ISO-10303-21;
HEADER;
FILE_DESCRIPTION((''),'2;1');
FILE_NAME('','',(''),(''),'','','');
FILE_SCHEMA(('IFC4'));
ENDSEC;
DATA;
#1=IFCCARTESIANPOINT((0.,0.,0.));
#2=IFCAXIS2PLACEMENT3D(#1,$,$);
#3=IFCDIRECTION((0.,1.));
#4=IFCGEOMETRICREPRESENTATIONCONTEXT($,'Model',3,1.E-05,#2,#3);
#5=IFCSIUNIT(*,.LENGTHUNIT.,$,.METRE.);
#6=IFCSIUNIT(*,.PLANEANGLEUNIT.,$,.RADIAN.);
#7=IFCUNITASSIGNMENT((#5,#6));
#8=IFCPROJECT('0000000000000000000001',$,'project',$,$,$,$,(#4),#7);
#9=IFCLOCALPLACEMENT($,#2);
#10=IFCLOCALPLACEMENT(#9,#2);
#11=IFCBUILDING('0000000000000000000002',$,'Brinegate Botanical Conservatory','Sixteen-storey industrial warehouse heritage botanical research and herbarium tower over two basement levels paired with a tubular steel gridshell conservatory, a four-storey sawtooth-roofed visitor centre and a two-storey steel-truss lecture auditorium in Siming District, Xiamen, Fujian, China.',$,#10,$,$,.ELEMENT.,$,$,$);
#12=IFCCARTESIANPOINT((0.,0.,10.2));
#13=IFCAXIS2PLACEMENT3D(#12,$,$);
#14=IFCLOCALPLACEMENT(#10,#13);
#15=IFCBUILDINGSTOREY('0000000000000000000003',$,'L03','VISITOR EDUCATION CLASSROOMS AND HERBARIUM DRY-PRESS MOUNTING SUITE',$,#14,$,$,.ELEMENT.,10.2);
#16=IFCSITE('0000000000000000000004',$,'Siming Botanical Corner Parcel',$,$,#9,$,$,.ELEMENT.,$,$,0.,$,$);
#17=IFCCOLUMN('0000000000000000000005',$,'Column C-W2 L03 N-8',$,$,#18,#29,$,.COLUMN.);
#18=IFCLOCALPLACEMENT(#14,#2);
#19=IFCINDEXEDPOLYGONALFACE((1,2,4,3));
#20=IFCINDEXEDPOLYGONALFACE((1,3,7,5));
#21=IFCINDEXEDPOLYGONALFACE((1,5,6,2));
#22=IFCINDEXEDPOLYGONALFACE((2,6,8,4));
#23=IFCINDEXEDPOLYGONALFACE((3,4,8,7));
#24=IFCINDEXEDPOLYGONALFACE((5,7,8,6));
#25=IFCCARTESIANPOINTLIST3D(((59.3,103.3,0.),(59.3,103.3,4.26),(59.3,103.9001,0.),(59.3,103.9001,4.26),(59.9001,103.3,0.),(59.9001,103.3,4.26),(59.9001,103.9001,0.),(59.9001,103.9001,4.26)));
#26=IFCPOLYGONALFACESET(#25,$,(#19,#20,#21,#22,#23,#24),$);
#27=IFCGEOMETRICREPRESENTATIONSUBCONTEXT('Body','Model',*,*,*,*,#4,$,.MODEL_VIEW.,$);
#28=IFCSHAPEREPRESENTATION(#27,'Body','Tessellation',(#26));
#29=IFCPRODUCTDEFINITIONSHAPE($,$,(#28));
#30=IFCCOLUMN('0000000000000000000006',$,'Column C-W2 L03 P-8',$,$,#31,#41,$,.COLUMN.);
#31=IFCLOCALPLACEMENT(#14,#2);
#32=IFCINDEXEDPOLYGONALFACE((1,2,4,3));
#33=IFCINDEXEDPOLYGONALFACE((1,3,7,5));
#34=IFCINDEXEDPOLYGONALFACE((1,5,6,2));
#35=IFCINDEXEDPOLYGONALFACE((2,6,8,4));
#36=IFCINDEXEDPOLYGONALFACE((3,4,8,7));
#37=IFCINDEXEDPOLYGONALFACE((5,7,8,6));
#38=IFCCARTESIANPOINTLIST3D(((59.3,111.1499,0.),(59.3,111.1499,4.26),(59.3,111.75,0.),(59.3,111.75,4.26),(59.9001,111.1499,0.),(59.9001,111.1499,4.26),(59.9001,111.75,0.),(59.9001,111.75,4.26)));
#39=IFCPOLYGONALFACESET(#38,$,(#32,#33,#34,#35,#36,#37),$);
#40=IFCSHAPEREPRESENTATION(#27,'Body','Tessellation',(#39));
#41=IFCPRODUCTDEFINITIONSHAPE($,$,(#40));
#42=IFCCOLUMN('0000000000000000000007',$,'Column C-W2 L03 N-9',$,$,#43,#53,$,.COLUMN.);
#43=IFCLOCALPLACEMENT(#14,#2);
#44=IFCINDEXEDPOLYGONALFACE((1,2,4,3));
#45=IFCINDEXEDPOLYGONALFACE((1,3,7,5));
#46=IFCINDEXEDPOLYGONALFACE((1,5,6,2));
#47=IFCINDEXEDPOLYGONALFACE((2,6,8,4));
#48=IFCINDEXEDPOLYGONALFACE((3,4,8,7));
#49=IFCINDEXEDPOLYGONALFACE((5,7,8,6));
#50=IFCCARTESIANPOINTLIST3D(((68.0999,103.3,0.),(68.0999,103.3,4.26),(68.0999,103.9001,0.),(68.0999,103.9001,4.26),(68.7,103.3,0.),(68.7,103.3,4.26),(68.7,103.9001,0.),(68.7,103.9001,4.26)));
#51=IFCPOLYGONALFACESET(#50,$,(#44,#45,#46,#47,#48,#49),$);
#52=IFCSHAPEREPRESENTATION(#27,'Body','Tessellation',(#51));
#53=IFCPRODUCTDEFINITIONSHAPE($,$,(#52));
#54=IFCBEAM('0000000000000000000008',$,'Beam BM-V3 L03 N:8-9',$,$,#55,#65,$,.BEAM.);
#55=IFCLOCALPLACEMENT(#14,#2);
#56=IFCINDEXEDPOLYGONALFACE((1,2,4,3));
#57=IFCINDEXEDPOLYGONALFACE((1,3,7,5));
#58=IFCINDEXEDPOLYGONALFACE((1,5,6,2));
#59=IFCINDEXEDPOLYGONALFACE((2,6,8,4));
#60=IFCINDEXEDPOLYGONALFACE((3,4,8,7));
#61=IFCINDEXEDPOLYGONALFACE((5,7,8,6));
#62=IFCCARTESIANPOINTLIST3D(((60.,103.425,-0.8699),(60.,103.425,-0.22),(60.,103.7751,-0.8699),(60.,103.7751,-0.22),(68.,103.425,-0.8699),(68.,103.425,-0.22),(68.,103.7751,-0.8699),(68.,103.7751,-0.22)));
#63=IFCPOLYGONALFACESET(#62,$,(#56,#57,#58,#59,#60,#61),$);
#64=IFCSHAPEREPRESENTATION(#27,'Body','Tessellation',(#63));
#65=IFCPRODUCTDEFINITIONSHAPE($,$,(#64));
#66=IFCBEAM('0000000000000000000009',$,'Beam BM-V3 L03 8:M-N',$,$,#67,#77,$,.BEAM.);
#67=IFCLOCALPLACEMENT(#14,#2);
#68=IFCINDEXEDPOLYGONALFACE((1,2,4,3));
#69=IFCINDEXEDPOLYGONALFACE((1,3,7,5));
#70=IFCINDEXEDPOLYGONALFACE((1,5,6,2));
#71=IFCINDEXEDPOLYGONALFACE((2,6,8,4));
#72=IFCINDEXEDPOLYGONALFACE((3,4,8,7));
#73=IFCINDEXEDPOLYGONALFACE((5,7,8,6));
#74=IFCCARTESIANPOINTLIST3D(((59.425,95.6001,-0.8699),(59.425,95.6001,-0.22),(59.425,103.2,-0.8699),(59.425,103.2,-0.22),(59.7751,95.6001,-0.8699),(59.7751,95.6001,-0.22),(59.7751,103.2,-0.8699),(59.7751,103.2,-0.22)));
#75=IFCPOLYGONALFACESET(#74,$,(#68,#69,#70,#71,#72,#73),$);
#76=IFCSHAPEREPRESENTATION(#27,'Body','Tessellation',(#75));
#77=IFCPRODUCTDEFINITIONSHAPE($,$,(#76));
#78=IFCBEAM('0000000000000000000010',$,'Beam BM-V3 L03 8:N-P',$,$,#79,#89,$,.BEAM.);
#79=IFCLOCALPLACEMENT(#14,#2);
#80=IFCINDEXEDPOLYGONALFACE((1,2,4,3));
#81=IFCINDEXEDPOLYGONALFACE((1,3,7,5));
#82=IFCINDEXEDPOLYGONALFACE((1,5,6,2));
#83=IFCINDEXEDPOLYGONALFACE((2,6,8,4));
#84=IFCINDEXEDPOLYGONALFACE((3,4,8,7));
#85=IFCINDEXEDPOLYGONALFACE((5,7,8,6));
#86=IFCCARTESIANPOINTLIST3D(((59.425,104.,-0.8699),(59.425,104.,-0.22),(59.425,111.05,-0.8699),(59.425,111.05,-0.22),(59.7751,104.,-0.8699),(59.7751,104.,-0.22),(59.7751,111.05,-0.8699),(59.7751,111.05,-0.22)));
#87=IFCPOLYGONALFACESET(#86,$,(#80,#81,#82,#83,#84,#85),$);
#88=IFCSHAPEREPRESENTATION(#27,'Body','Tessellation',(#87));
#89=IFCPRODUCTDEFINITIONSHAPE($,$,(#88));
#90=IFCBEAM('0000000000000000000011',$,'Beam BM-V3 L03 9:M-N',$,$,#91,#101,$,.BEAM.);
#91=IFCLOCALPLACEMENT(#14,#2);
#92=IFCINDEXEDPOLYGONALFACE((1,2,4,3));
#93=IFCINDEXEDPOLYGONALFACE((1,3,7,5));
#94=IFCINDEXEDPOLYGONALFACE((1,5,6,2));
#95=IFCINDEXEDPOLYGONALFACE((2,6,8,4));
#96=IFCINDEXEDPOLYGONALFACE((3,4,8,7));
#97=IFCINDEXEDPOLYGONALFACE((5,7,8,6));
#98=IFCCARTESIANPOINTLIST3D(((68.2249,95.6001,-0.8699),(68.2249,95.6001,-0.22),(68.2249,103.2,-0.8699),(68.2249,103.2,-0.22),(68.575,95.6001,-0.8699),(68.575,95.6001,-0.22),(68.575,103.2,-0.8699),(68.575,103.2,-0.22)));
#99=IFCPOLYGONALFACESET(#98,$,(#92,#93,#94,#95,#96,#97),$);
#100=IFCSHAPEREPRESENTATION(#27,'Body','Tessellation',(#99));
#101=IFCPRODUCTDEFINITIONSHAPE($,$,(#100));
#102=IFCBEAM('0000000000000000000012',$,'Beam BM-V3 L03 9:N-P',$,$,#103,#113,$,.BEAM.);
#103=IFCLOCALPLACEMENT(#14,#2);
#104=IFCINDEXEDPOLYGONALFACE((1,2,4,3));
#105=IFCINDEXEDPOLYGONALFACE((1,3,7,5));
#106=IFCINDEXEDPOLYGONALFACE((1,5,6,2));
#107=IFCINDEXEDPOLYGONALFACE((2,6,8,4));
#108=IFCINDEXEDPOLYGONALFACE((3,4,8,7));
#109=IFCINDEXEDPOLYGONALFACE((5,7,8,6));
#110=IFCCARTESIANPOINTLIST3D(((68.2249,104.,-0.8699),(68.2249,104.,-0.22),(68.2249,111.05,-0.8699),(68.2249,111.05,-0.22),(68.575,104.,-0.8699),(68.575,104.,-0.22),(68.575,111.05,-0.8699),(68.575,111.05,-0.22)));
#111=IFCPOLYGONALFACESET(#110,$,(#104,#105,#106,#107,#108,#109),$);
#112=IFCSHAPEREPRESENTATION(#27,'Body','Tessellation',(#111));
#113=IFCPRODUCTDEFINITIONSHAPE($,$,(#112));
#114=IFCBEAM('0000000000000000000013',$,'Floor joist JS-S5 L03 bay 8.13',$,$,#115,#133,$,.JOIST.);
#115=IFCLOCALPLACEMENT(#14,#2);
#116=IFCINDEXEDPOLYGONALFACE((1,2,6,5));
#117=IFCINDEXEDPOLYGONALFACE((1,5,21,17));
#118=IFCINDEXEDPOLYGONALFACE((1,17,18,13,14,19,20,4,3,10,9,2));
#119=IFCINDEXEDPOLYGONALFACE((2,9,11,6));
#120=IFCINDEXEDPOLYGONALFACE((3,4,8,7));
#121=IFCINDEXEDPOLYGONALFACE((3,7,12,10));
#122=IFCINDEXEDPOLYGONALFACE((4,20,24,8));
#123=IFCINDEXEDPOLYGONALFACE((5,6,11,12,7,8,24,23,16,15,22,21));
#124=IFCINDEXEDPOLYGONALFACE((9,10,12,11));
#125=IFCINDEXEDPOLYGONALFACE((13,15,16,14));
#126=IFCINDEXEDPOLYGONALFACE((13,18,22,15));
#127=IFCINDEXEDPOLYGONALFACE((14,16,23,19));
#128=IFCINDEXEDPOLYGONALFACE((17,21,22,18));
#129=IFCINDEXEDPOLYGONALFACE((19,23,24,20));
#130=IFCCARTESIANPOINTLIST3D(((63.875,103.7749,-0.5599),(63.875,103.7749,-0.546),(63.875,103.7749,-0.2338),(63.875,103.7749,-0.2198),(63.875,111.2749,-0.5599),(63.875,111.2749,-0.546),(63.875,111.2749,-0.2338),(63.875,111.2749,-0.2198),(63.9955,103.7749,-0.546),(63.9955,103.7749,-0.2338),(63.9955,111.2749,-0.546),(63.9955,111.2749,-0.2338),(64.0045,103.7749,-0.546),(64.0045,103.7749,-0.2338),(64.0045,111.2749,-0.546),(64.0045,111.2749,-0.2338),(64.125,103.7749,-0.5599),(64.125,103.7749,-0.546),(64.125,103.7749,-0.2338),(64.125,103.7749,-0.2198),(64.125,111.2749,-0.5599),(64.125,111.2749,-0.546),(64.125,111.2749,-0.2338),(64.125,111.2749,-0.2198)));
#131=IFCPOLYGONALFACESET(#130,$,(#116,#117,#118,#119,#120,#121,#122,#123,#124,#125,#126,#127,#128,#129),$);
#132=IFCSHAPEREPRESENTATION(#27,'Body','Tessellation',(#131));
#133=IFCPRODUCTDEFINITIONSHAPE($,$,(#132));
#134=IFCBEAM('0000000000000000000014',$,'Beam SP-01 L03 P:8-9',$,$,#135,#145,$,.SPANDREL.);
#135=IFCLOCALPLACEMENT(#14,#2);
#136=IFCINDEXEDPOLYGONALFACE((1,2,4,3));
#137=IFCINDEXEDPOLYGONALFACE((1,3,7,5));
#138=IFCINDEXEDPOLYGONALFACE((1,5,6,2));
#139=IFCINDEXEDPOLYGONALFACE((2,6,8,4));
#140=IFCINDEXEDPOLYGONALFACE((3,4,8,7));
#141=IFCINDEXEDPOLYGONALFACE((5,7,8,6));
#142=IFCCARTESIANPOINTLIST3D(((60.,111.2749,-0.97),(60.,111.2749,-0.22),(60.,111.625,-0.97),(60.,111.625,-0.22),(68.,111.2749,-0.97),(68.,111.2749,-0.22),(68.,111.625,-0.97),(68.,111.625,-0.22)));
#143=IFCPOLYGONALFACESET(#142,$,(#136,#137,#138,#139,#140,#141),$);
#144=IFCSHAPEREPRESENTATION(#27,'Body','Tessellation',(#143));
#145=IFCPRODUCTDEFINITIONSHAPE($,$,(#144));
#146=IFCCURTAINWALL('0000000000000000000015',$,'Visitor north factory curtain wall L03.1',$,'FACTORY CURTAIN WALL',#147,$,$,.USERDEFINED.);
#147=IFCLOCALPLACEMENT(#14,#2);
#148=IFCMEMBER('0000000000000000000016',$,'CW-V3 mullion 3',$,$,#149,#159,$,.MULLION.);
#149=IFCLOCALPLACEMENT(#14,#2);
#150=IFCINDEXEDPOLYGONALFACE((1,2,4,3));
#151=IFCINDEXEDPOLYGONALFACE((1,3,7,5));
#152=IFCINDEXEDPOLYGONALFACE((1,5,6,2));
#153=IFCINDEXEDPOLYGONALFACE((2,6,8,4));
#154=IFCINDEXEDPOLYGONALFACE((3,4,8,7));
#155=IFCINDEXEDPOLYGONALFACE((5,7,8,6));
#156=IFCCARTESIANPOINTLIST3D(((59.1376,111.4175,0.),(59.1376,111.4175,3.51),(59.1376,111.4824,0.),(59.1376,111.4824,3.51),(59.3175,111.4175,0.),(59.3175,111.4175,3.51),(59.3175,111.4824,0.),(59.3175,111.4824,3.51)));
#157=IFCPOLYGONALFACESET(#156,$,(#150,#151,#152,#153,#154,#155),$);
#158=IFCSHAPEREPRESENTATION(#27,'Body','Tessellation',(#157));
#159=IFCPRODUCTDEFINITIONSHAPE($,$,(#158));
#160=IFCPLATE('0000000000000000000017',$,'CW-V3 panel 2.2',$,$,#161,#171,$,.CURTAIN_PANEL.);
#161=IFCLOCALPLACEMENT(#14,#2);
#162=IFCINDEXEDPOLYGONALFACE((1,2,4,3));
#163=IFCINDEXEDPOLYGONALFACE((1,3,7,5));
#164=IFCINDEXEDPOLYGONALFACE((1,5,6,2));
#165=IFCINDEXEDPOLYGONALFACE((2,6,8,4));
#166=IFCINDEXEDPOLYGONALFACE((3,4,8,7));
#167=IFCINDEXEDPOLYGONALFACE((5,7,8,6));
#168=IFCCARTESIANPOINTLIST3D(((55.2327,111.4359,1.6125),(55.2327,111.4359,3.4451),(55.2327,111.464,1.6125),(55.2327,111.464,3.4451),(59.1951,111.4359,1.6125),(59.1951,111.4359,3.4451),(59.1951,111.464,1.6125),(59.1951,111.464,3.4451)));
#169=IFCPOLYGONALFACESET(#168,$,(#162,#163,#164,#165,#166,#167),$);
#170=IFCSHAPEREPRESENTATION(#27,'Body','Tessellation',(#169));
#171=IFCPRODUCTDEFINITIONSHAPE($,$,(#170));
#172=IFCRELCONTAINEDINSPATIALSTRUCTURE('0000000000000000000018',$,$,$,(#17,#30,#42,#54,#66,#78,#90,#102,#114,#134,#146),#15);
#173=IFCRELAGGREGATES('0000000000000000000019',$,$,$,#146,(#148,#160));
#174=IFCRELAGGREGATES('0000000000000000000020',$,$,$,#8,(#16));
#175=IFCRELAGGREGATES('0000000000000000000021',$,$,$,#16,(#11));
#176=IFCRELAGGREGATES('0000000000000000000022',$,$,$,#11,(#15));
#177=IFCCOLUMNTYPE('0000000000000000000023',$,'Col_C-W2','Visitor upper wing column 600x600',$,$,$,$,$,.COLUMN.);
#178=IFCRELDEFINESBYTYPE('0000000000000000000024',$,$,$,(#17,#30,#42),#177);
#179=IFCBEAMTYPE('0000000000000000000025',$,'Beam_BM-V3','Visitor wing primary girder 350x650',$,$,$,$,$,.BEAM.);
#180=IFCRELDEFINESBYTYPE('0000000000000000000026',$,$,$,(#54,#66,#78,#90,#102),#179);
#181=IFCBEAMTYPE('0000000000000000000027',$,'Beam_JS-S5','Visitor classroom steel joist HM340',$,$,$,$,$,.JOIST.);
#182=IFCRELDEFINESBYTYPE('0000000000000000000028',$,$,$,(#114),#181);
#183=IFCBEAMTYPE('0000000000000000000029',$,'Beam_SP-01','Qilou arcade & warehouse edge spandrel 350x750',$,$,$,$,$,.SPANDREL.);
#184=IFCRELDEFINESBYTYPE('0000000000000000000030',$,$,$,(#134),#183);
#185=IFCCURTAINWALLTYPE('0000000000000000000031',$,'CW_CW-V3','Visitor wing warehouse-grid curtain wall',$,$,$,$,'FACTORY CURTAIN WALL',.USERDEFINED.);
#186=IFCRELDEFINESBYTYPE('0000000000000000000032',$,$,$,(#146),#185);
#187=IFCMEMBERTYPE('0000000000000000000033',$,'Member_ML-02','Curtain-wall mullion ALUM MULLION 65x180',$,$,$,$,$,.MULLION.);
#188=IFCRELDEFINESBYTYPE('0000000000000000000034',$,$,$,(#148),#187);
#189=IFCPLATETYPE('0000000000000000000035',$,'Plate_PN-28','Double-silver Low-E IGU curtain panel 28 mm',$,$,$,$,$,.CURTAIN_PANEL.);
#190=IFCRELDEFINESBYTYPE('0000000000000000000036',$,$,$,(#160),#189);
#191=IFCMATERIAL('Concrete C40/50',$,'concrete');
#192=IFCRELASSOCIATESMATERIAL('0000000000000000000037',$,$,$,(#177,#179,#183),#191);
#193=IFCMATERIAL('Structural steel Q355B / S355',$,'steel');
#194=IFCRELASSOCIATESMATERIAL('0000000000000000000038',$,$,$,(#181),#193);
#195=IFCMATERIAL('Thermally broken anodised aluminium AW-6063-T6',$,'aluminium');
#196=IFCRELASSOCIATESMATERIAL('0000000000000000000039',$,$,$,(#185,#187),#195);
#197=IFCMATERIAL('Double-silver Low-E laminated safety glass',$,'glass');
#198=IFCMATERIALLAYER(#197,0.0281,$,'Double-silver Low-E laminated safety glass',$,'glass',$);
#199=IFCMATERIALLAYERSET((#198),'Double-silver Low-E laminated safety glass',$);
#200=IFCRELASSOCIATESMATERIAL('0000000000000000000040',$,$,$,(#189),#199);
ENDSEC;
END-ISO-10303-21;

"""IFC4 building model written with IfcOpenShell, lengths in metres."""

from ifc_helpers import new_model, si_unit, direction, frame, origin, origin_2d, place, context, subcontext, project, spatial, rectangle, i_section, extrude, material, layer, layer_set, material_profile, profile_set, type_object, element, aggregate, save


model = new_model("IFC4")

# Units and contexts
model_context = context("Model", 3, precision=1e-05, world=origin(), true_north=direction((0.0, 1.0)))
body_context = subcontext(model_context, "Body", "Model", "MODEL_VIEW")
ifc_project = project(units=[si_unit("LENGTHUNIT", "METRE"), si_unit("PLANEANGLEUNIT", "RADIAN")], contexts=[model_context])

# Site, building, storey
site_placement = place(None, origin())
site = spatial("IfcSite", under=ifc_project, at=site_placement, Name="Siming Botanical Corner Parcel", CompositionType="ELEMENT", RefElevation=0.0)
building_placement = place(site_placement, origin())
building = spatial("IfcBuilding", under=site, at=building_placement, Name="Brinegate Botanical Conservatory", Description="Sixteen-storey industrial warehouse heritage botanical research and herbarium tower over two basement levels paired with a tubular steel gridshell conservatory, a four-storey sawtooth-roofed visitor centre and a two-storey steel-truss lecture auditorium in Siming District, Xiamen, Fujian, China.", CompositionType="ELEMENT")
storey_placement = place(building_placement, frame((0.0, 0.0, 10.2)))
storey = spatial("IfcBuildingStorey", under=building, at=storey_placement, Name="L03", Description="VISITOR EDUCATION CLASSROOMS AND HERBARIUM DRY-PRESS MOUNTING SUITE", CompositionType="ELEMENT", Elevation=10.2)

# Columns
ifc_material_1 = material(Name="Concrete C40/50", Category="concrete")
ifc_material_profile_1 = material_profile(ifc_material_1, rectangle(XDim=0.6001, YDim=0.6001, at=origin_2d()), Name="RC COL 600x600")
ifc_profile_set_1 = profile_set([ifc_material_profile_1], Name="Concrete C40/50")
column_type = type_object("IfcColumnType", Name="Col_C-W2", Description="Visitor upper wing column 600x600", PredefinedType="COLUMN", material=ifc_profile_set_1)
for number, where, z_axis, x_axis, name in (
    (1, (59.6001, 103.6001, 0.0), (0.0, 0.0, 1.0), (1.0, 0.0, 0.0), "Column C-W2 L03 N-8"),
    (2, (59.6001, 111.45, 0.0), (0.0, 0.0, 1.0), (1.0, 0.0, 0.0), "Column C-W2 L03 P-8"),
    (3, (68.3999, 103.6001, 0.0), (0.0, 0.0, 1.0), (1.0, 0.0, 0.0), "Column C-W2 L03 N-9"),
):
    element("IfcColumn", number, at=place(storey_placement, frame(where, z_axis=z_axis, x_axis=x_axis)), inside=storey, type_object=column_type, Name=name, PredefinedType="COLUMN", context=body_context, shape_type="SweptSolid", body=[
        extrude(rectangle(XDim=0.6001, YDim=0.6001, at=origin_2d()), origin(), (0.0, 0.0, 1.0), 4.26),
    ])

# Beams
ifc_material_profile_2 = material_profile(ifc_material_1, rectangle(XDim=0.3501, YDim=0.6499, at=origin_2d()), Name="RC BM 350x650")
ifc_profile_set_2 = profile_set([ifc_material_profile_2], Name="Concrete C40/50")
beam_type_1 = type_object("IfcBeamType", Name="Beam_BM-V3", Description="Visitor wing primary girder 350x650", PredefinedType="BEAM", material=ifc_profile_set_2)
beam_1_placement = place(storey_placement, frame((60.0, 103.6001, -0.5449), z_axis=(1.0, 0.0, 0.0), x_axis=(0.0, 1.0, 0.0)))
element("IfcBeam", 4, at=beam_1_placement, inside=storey, type_object=beam_type_1, Name="Beam BM-V3 L03 N:8-9", PredefinedType="BEAM", context=body_context, shape_type="SweptSolid", body=[
    extrude(rectangle(XDim=0.3501, YDim=0.6499, at=origin_2d()), origin(), (0.0, 0.0, 1.0), 8.0),
])
beam_2_placement = place(storey_placement, frame((59.6001, 95.6001, -0.5449), z_axis=(0.0, 1.0, 0.0), x_axis=(-1.0, 0.0, 0.0)))
element("IfcBeam", 5, at=beam_2_placement, inside=storey, type_object=beam_type_1, Name="Beam BM-V3 L03 8:M-N", PredefinedType="BEAM", context=body_context, shape_type="SweptSolid", body=[
    extrude(rectangle(XDim=0.3501, YDim=0.6499, at=origin_2d()), origin(), (0.0, 0.0, 1.0), 7.5999),
])
beam_3_placement = place(storey_placement, frame((59.6001, 104.0, -0.5449), z_axis=(0.0, 1.0, 0.0), x_axis=(-1.0, 0.0, 0.0)))
element("IfcBeam", 6, at=beam_3_placement, inside=storey, type_object=beam_type_1, Name="Beam BM-V3 L03 8:N-P", PredefinedType="BEAM", context=body_context, shape_type="SweptSolid", body=[
    extrude(rectangle(XDim=0.3501, YDim=0.6499, at=origin_2d()), origin(), (0.0, 0.0, 1.0), 7.05),
])
beam_4_placement = place(storey_placement, frame((68.3999, 95.6001, -0.5449), z_axis=(0.0, 1.0, 0.0), x_axis=(-1.0, 0.0, 0.0)))
element("IfcBeam", 7, at=beam_4_placement, inside=storey, type_object=beam_type_1, Name="Beam BM-V3 L03 9:M-N", PredefinedType="BEAM", context=body_context, shape_type="SweptSolid", body=[
    extrude(rectangle(XDim=0.3501, YDim=0.6499, at=origin_2d()), origin(), (0.0, 0.0, 1.0), 7.5999),
])
beam_5_placement = place(storey_placement, frame((68.3999, 104.0, -0.5449), z_axis=(0.0, 1.0, 0.0), x_axis=(-1.0, 0.0, 0.0)))
element("IfcBeam", 8, at=beam_5_placement, inside=storey, type_object=beam_type_1, Name="Beam BM-V3 L03 9:N-P", PredefinedType="BEAM", context=body_context, shape_type="SweptSolid", body=[
    extrude(rectangle(XDim=0.3501, YDim=0.6499, at=origin_2d()), origin(), (0.0, 0.0, 1.0), 7.05),
])
ifc_material_2 = material(Name="Structural steel Q355B / S355", Category="steel")
ifc_material_profile_3 = material_profile(ifc_material_2, i_section(OverallWidth=0.25, OverallDepth=0.3401, WebThickness=0.009, FlangeThickness=0.0139, at=origin_2d()), Name="HM 340x250x9x14")
ifc_profile_set_3 = profile_set([ifc_material_profile_3], Name="Structural steel Q355B / S355")
beam_type_2 = type_object("IfcBeamType", Name="Beam_JS-S5", Description="Visitor classroom steel joist HM340", PredefinedType="JOIST", material=ifc_profile_set_3)
beam_6_placement = place(storey_placement, frame((64.0, 103.7749, -0.3899), z_axis=(0.0, 1.0, 0.0), x_axis=(-1.0, 0.0, 0.0)))
element("IfcBeam", 9, at=beam_6_placement, inside=storey, type_object=beam_type_2, Name="Floor joist JS-S5 L03 bay 8.13", PredefinedType="JOIST", context=body_context, shape_type="SweptSolid", body=[
    extrude(i_section(OverallWidth=0.25, OverallDepth=0.3401, WebThickness=0.009, FlangeThickness=0.0139, at=origin_2d()), origin(), (0.0, 0.0, 1.0), 7.5),
])
ifc_material_profile_4 = material_profile(ifc_material_1, rectangle(XDim=0.3501, YDim=0.75, at=origin_2d()), Name="RC SPN 350x750")
ifc_profile_set_4 = profile_set([ifc_material_profile_4], Name="Concrete C40/50")
beam_type_3 = type_object("IfcBeamType", Name="Beam_SP-01", Description="Qilou arcade & warehouse edge spandrel 350x750", PredefinedType="SPANDREL", material=ifc_profile_set_4)
beam_7_placement = place(storey_placement, frame((60.0, 111.45, -0.595), z_axis=(1.0, 0.0, 0.0), x_axis=(0.0, 1.0, 0.0)))
element("IfcBeam", 10, at=beam_7_placement, inside=storey, type_object=beam_type_3, Name="Beam SP-01 L03 P:8-9", PredefinedType="SPANDREL", context=body_context, shape_type="SweptSolid", body=[
    extrude(rectangle(XDim=0.3501, YDim=0.75, at=origin_2d()), origin(), (0.0, 0.0, 1.0), 8.0),
])

# Curtain wall, member, plate
ifc_material_3 = material(Name="Thermally broken anodised aluminium AW-6063-T6", Category="aluminium")
curtain_wall_type = type_object("IfcCurtainWallType", Name="CW_CW-V3", Description="Visitor wing warehouse-grid curtain wall", ElementType="FACTORY CURTAIN WALL", PredefinedType="USERDEFINED", material=ifc_material_3)
curtain_wall_placement = place(storey_placement, origin())
curtain_wall = element("IfcCurtainWall", 11, at=curtain_wall_placement, inside=storey, type_object=curtain_wall_type, Name="Visitor north factory curtain wall L03.1", ObjectType="FACTORY CURTAIN WALL", PredefinedType="USERDEFINED")
ifc_material_profile_5 = material_profile(ifc_material_3, rectangle(XDim=0.0649, YDim=0.1799, at=origin_2d()), Name="ALUM MULLION 65x180")
ifc_profile_set_5 = profile_set([ifc_material_profile_5], Name="Thermally broken anodised aluminium AW-6063-T6")
member_type = type_object("IfcMemberType", Name="Member_ML-02", Description="Curtain-wall mullion ALUM MULLION 65x180", PredefinedType="MULLION", material=ifc_profile_set_5)
member_placement = place(storey_placement, frame((59.2275, 111.45, 0.0), z_axis=(0.0, 0.0, 1.0), x_axis=(0.0, 1.0, 0.0)))
member = element("IfcMember", 12, at=member_placement, type_object=member_type, Name="CW-V3 mullion 3", PredefinedType="MULLION", context=body_context, shape_type="SweptSolid", body=[
    extrude(rectangle(XDim=0.0649, YDim=0.1799, at=origin_2d()), origin(), (0.0, 0.0, 1.0), 3.51),
])
ifc_material_4 = material(Name="Double-silver Low-E laminated safety glass", Category="glass")
ifc_layer_1 = layer(ifc_material_4, 0.0281, Name="Double-silver Low-E laminated safety glass", Category="glass")
ifc_layer_set_1 = layer_set([ifc_layer_1], Name="Double-silver Low-E laminated safety glass")
plate_type = type_object("IfcPlateType", Name="Plate_PN-28", Description="Double-silver Low-E IGU curtain panel 28 mm", PredefinedType="CURTAIN_PANEL", material=ifc_layer_set_1)
plate_placement = place(storey_placement, frame((57.2139, 111.45, 1.6125), z_axis=(0.0, 0.0, 1.0), x_axis=(1.0, 0.0, 0.0)))
plate = element("IfcPlate", 13, at=plate_placement, type_object=plate_type, Name="CW-V3 panel 2.2", PredefinedType="CURTAIN_PANEL", context=body_context, shape_type="SweptSolid", body=[
    extrude(rectangle(XDim=3.9624, YDim=0.0281, at=origin_2d()), origin(), (0.0, 0.0, 1.0), 1.8325),
])
aggregate(curtain_wall, [member, plate])

save(model, "model.ifc")
